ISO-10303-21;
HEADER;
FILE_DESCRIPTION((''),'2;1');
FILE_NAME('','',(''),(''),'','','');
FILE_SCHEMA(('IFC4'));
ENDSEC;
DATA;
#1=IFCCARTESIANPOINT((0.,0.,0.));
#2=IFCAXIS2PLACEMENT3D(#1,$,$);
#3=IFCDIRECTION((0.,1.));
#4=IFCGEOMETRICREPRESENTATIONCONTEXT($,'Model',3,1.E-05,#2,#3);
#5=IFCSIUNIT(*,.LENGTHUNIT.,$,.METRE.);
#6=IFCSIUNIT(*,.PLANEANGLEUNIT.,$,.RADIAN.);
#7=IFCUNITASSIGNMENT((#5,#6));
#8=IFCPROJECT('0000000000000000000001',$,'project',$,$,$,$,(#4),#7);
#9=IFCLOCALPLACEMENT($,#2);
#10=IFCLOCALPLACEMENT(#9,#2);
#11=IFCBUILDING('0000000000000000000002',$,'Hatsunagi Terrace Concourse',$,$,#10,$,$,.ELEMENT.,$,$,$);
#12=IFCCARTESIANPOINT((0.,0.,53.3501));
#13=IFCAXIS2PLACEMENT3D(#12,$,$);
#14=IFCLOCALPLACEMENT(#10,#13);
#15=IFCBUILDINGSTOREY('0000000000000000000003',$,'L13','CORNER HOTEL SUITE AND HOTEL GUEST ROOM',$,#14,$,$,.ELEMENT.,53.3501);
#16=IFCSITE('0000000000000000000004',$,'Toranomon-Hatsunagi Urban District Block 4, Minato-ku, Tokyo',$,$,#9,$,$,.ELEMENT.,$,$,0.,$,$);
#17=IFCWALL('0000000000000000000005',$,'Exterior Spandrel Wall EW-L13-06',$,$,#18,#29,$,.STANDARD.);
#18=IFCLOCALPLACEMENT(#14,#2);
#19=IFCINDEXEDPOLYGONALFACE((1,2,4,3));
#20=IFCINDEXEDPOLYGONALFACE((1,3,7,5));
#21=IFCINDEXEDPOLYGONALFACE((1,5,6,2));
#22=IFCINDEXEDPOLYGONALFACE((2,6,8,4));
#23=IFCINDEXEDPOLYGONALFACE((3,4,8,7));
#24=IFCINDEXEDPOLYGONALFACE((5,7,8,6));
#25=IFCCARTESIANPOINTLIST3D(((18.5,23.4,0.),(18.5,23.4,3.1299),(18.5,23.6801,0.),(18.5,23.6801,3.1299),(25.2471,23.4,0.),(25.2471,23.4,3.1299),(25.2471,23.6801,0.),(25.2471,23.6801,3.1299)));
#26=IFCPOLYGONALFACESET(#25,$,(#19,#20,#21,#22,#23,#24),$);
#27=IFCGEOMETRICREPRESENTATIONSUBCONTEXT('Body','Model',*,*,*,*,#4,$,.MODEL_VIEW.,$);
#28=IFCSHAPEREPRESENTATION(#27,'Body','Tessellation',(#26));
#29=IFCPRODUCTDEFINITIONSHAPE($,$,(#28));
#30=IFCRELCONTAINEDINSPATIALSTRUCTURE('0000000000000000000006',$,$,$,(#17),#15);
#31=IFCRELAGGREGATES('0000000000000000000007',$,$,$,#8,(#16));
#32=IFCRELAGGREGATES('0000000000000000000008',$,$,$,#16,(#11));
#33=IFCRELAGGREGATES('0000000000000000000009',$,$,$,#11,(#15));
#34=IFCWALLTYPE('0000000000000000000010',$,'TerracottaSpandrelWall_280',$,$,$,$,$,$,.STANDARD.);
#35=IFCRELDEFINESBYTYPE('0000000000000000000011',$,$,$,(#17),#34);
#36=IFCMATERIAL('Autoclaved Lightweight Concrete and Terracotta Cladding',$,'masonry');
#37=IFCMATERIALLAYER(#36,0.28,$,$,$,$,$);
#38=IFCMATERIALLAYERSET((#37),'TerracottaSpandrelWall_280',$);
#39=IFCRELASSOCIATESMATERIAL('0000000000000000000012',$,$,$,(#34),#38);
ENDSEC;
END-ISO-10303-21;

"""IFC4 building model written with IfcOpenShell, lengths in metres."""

from ifc_helpers import new_model, si_unit, direction, frame, frame_2d, origin, place, context, subcontext, project, spatial, rectangle, extrude, material, layer, layer_set, type_object, element, save


model = new_model("IFC4")

# Units and contexts
model_context = context("Model", 3, precision=1e-05, world=origin(), true_north=direction((0.0, 1.0)))
body_context = subcontext(model_context, "Body", "Model", "MODEL_VIEW")
ifc_project = project(units=[si_unit("LENGTHUNIT", "METRE"), si_unit("PLANEANGLEUNIT", "RADIAN")], contexts=[model_context])

# Site, building, storey
site_placement = place(None, origin())
site = spatial("IfcSite", under=ifc_project, at=site_placement, Name="Toranomon-Hatsunagi Urban District Block 4, Minato-ku, Tokyo", CompositionType="ELEMENT", RefElevation=0.0)
building_placement = place(site_placement, origin())
building = spatial("IfcBuilding", under=site, at=building_placement, Name="Hatsunagi Terrace Concourse", CompositionType="ELEMENT")
storey_placement = place(building_placement, frame((0.0, 0.0, 53.3501)))
storey = spatial("IfcBuildingStorey", under=building, at=storey_placement, Name="L13", Description="CORNER HOTEL SUITE AND HOTEL GUEST ROOM", CompositionType="ELEMENT", Elevation=53.3501)

# Wall
ifc_material_1 = material(Name="Autoclaved Lightweight Concrete and Terracotta Cladding", Category="masonry")
ifc_layer_1 = layer(ifc_material_1, 0.28)
ifc_layer_set_1 = layer_set([ifc_layer_1], Name="TerracottaSpandrelWall_280")
wall_type_1 = type_object("IfcWallType", Name="TerracottaSpandrelWall_280", PredefinedType="STANDARD", material=ifc_layer_set_1)
wall_1_placement = place(storey_placement, frame((25.2471, 23.54, 0.0), z_axis=(0.0, 0.0, 1.0), x_axis=(-1.0, 0.0, 0.0)))
element("IfcWall", 1, at=wall_1_placement, inside=storey, type_object=wall_type_1, Name="Exterior Spandrel Wall EW-L13-06", PredefinedType="STANDARD", context=body_context, shape_type="SweptSolid", body=[
    extrude(rectangle(XDim=6.7471, YDim=0.28, at=frame_2d((3.3735, 0.0))), origin(), (0.0, 0.0, 1.0), 3.1299),
])

save(model, "model.ifc")
